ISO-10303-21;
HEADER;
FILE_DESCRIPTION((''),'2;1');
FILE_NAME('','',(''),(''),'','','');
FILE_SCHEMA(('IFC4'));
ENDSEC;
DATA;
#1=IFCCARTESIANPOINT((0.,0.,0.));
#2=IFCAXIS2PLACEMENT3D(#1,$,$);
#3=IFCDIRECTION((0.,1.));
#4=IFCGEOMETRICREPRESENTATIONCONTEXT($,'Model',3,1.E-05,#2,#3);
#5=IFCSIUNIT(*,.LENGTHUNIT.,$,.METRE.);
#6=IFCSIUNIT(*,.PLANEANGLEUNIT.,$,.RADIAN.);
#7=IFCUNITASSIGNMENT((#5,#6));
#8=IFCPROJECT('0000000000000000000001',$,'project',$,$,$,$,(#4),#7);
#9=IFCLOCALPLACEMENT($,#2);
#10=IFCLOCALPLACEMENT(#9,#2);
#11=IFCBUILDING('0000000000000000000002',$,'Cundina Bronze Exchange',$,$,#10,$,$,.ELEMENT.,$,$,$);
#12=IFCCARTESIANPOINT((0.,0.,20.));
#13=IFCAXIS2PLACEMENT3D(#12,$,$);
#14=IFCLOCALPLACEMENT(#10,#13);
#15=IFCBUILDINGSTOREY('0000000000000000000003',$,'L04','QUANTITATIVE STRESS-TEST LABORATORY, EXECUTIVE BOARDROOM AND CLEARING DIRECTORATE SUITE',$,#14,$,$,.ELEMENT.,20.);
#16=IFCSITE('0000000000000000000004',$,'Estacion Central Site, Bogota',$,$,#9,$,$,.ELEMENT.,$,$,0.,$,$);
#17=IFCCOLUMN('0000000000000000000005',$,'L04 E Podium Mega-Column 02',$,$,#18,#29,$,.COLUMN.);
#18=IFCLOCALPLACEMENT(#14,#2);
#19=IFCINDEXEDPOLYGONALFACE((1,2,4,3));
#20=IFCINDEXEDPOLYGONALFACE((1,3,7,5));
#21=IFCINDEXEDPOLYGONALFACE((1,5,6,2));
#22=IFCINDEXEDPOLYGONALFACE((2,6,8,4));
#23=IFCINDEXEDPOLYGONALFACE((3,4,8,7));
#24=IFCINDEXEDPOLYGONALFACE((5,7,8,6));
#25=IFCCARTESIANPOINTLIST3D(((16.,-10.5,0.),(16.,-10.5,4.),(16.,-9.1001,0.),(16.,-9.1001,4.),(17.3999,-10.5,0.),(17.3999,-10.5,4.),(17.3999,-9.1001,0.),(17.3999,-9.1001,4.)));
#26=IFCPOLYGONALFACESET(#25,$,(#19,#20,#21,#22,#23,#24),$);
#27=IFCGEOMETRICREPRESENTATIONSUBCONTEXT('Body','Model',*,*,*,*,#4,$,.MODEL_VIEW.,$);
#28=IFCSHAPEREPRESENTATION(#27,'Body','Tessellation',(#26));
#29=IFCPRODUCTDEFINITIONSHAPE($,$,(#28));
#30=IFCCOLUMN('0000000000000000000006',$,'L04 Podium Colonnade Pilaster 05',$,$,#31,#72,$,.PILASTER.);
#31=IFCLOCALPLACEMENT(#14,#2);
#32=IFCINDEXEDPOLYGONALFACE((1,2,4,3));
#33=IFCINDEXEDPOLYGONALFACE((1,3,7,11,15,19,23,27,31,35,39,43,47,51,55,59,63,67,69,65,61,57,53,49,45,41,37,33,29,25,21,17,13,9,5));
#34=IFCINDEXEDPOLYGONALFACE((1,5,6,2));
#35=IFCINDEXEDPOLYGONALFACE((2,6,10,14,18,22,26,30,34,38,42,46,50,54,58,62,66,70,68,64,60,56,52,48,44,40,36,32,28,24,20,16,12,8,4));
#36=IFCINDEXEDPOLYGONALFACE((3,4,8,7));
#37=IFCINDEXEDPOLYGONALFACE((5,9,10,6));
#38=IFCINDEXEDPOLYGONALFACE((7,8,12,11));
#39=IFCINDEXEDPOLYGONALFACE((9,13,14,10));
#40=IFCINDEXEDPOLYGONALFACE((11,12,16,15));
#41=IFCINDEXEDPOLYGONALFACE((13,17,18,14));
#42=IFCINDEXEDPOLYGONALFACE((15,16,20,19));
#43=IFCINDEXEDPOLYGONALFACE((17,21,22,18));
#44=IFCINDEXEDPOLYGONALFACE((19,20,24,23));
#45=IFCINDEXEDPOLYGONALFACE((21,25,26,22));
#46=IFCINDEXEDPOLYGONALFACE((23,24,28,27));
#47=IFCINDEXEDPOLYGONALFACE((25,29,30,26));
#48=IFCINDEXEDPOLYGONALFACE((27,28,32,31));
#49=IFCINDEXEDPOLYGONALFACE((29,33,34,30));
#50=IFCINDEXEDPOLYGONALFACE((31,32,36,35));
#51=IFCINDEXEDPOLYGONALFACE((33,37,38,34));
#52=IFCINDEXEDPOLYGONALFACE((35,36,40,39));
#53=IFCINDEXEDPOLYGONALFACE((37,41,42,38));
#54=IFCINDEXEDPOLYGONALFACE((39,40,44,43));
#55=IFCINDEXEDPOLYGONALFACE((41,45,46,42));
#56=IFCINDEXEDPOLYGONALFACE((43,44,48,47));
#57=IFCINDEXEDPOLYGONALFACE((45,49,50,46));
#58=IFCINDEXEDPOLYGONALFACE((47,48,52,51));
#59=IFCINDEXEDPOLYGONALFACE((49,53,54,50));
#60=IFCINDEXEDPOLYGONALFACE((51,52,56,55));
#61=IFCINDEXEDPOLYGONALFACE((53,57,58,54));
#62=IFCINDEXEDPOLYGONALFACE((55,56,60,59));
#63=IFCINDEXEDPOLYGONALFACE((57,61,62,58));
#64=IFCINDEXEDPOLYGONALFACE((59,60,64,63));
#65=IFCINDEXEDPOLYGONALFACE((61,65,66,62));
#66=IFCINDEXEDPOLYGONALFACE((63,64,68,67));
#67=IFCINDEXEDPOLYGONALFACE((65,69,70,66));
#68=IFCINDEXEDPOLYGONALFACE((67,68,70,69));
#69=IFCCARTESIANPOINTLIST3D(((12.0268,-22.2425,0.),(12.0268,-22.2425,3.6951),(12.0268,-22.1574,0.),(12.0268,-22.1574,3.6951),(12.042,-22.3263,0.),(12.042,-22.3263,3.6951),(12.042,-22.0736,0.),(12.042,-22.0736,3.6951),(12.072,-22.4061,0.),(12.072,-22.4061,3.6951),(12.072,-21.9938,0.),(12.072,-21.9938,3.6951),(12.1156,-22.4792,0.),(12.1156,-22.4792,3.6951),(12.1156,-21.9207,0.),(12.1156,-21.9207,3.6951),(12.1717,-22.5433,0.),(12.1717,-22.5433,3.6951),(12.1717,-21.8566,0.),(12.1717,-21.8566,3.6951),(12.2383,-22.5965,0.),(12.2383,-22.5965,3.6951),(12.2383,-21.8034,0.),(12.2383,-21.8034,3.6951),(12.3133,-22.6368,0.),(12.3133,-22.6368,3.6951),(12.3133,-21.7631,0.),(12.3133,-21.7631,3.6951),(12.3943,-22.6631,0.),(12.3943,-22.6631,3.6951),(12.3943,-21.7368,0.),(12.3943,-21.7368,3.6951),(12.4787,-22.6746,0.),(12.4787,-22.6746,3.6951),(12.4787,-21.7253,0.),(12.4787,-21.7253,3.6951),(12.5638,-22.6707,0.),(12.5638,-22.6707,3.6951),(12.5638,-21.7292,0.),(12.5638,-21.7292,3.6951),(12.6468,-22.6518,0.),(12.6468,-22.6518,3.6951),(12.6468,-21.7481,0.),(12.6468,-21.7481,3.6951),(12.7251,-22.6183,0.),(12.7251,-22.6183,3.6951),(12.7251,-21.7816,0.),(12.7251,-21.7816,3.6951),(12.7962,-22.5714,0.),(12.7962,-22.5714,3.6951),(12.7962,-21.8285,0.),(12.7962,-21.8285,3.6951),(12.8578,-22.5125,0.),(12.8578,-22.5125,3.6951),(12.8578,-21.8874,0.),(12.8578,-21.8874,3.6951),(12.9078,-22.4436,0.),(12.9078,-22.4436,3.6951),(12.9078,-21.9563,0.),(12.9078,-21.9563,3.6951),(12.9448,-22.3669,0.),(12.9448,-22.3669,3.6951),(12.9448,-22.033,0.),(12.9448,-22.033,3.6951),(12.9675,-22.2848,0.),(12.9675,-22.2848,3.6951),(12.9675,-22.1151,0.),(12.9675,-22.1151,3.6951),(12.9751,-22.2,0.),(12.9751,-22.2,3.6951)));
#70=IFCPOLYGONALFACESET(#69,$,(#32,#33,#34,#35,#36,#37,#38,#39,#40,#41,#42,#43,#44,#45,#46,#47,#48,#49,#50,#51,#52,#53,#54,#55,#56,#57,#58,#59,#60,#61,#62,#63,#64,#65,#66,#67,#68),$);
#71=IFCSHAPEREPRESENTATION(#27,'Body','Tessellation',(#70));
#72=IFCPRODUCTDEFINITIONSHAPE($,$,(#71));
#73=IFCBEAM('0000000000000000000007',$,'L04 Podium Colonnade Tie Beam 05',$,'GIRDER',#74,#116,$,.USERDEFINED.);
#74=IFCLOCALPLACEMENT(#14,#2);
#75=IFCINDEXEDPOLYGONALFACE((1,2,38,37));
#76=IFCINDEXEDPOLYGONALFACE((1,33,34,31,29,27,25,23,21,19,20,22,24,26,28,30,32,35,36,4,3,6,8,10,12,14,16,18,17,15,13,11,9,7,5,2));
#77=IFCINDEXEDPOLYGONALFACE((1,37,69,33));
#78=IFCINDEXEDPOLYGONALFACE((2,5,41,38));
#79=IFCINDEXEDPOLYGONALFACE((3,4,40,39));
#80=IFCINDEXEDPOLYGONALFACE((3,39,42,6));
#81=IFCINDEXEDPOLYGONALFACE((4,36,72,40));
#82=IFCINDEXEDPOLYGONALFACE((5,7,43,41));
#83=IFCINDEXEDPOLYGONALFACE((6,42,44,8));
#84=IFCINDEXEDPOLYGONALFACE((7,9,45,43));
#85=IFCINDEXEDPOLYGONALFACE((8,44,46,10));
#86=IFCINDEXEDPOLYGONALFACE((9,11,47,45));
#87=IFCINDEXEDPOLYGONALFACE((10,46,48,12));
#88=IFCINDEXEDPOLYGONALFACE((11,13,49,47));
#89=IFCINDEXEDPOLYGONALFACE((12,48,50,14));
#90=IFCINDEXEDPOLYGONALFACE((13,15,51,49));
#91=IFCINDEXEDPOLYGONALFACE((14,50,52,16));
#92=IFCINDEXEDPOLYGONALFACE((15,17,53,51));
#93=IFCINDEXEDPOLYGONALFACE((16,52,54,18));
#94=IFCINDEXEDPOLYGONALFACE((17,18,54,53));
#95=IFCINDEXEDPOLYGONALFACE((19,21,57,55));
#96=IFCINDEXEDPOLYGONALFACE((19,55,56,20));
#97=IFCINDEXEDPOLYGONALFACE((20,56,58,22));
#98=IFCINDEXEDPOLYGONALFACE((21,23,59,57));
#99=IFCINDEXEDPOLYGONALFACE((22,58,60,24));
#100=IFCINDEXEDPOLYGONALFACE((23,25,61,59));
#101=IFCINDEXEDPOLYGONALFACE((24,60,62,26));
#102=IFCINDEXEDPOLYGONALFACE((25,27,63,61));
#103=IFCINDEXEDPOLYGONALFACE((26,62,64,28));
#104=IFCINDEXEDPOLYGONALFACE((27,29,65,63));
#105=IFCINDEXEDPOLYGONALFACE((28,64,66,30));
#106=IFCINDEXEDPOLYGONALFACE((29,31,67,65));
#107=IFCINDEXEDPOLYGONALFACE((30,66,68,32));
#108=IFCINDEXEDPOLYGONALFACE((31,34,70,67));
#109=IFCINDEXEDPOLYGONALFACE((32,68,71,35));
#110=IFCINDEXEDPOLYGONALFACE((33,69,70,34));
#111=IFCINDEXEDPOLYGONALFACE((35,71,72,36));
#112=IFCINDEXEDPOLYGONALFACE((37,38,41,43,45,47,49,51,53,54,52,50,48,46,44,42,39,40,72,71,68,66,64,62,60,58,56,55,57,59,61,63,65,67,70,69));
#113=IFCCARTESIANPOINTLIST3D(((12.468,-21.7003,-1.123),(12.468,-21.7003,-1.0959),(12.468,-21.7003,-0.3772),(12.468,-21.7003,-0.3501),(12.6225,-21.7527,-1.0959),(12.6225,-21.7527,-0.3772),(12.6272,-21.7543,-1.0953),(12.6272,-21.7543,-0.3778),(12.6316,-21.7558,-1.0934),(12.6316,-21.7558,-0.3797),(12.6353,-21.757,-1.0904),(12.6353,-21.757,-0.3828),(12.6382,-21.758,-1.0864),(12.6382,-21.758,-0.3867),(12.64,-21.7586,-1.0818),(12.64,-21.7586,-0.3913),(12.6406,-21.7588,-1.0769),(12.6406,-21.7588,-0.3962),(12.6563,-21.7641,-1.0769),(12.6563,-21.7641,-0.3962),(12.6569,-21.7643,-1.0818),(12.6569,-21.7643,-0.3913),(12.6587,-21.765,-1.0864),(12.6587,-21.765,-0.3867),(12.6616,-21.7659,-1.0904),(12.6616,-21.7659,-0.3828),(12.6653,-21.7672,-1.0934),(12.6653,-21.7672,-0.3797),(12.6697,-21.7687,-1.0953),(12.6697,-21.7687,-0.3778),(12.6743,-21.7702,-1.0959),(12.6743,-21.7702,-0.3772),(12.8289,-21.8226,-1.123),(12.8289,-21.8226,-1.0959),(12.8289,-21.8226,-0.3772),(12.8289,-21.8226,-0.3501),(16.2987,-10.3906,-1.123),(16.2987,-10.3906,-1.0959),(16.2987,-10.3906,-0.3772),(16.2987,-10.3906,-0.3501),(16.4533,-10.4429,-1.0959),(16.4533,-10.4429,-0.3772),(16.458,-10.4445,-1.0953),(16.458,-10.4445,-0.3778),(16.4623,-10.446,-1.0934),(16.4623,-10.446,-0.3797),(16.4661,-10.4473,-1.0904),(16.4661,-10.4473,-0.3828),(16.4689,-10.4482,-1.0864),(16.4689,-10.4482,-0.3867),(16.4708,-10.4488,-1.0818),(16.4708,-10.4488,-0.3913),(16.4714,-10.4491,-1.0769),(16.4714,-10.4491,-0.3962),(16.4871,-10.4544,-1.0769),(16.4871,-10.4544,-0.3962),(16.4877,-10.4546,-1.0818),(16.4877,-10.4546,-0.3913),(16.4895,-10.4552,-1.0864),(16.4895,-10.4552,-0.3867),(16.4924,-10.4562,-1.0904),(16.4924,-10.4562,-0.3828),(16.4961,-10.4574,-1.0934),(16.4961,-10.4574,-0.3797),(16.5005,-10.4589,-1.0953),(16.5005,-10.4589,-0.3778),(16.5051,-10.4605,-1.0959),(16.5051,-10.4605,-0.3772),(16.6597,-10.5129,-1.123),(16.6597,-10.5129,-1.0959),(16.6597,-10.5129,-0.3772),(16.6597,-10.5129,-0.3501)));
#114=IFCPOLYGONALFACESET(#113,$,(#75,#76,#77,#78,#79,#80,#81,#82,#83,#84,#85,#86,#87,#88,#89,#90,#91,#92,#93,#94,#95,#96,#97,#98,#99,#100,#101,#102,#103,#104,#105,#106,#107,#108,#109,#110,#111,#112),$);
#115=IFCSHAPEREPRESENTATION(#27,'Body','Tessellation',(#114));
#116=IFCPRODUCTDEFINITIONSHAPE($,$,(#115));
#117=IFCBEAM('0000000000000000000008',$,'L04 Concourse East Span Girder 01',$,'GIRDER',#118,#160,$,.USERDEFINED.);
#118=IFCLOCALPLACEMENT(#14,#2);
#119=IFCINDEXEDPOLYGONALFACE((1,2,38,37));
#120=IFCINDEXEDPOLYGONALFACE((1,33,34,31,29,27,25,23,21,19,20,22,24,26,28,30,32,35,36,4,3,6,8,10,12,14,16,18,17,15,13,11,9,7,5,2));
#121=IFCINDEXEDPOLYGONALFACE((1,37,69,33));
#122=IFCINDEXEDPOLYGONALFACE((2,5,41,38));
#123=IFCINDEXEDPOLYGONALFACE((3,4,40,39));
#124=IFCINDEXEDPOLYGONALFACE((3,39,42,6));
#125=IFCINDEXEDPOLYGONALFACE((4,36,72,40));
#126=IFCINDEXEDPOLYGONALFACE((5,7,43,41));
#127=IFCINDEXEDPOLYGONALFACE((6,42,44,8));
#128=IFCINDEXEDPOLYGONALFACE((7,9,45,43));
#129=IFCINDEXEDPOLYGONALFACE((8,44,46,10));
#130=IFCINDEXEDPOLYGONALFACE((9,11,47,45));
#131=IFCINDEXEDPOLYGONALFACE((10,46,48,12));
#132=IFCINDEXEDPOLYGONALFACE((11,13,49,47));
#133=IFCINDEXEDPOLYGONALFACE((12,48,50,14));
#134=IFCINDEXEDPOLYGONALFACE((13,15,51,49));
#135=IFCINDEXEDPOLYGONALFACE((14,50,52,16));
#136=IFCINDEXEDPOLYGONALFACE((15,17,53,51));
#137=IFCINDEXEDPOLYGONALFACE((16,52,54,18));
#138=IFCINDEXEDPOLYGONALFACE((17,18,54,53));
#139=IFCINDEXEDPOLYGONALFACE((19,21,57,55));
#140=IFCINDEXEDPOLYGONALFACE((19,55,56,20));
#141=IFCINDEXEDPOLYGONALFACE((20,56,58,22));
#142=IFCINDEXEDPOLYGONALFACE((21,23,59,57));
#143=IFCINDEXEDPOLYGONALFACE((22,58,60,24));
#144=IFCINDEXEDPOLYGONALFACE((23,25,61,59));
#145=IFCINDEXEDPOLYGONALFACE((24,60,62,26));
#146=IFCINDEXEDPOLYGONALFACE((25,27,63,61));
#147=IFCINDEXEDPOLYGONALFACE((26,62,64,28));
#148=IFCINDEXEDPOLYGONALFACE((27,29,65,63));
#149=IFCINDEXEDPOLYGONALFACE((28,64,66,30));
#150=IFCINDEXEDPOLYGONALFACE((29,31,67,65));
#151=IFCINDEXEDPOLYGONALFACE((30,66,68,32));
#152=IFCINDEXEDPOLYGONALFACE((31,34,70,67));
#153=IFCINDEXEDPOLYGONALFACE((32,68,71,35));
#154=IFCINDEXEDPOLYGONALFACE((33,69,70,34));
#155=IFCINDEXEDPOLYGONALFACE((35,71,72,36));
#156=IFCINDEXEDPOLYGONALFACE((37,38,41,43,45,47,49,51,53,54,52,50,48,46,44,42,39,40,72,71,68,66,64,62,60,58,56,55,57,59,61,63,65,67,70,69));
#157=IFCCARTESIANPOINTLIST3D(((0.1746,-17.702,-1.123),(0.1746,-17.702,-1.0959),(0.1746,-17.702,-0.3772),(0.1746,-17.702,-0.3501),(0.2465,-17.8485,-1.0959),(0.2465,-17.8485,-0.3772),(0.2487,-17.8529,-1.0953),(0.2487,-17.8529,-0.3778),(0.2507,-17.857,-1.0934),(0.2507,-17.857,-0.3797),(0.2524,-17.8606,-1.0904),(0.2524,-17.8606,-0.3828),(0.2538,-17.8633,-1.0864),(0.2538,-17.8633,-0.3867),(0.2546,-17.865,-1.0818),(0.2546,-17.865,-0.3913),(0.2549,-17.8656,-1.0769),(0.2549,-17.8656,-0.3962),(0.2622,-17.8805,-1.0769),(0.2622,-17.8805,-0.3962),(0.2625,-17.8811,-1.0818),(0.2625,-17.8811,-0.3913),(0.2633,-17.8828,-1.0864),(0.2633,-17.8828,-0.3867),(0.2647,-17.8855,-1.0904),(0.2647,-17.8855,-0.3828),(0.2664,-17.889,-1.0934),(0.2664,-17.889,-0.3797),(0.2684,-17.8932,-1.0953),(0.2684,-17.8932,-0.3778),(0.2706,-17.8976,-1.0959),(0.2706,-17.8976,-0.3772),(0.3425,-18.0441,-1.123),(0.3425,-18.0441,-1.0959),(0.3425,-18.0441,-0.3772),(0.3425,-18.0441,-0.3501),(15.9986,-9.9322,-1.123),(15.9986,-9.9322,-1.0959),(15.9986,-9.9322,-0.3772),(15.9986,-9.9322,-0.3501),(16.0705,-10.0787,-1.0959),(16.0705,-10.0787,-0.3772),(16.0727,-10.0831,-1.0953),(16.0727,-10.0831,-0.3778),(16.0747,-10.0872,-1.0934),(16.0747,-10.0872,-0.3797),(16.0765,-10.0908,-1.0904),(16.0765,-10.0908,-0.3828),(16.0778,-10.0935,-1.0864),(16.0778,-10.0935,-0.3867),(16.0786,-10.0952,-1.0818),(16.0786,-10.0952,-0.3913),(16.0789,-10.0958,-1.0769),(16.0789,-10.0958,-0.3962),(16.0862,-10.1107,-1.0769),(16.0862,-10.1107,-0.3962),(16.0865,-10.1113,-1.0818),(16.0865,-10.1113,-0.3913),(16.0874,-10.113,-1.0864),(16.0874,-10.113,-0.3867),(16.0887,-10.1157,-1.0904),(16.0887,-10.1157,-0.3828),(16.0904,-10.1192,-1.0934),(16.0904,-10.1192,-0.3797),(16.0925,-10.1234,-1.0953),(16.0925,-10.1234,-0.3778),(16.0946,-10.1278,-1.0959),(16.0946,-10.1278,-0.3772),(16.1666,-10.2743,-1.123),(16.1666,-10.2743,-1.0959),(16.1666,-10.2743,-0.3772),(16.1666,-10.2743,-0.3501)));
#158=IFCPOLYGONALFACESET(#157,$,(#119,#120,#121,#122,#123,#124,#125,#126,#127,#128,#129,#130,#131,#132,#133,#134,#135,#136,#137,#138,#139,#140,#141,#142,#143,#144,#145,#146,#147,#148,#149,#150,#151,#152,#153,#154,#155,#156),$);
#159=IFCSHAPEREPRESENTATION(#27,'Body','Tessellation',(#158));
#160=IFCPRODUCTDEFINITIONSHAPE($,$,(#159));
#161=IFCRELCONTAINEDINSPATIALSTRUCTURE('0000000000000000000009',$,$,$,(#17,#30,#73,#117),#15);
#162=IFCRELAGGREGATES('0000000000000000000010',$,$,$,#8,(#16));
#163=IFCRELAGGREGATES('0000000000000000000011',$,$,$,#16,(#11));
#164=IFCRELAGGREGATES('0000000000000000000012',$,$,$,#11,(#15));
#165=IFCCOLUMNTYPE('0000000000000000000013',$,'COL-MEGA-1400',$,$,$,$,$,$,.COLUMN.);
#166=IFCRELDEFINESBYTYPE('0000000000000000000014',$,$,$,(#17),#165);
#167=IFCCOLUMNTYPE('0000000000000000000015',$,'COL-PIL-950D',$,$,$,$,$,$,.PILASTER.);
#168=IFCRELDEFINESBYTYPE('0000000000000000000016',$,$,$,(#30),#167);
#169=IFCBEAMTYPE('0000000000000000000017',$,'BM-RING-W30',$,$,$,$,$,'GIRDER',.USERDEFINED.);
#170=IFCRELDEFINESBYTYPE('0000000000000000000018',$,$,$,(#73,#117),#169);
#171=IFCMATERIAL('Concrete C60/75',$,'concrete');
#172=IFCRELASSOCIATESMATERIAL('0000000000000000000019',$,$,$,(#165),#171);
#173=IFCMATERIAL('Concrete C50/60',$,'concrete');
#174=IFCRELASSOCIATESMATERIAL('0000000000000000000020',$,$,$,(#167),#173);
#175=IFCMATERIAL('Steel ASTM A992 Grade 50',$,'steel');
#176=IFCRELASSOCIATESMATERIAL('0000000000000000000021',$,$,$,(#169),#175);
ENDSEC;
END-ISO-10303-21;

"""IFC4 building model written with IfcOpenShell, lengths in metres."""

from ifc_helpers import new_model, si_unit, direction, frame, origin, origin_2d, place, context, subcontext, project, spatial, rectangle, circle, i_section, extrude, material, material_profile, profile_set, type_object, element, save


model = new_model("IFC4")

# Units and contexts
model_context = context("Model", 3, precision=1e-05, world=origin(), true_north=direction((0.0, 1.0)))
body_context = subcontext(model_context, "Body", "Model", "MODEL_VIEW")
ifc_project = project(units=[si_unit("LENGTHUNIT", "METRE"), si_unit("PLANEANGLEUNIT", "RADIAN")], contexts=[model_context])

# Site, building, storey
site_placement = place(None, origin())
site = spatial("IfcSite", under=ifc_project, at=site_placement, Name="Estacion Central Site, Bogota", CompositionType="ELEMENT", RefElevation=0.0)
building_placement = place(site_placement, origin())
building = spatial("IfcBuilding", under=site, at=building_placement, Name="Cundina Bronze Exchange", CompositionType="ELEMENT")
storey_placement = place(building_placement, frame((0.0, 0.0, 20.0)))
storey = spatial("IfcBuildingStorey", under=building, at=storey_placement, Name="L04", Description="QUANTITATIVE STRESS-TEST LABORATORY, EXECUTIVE BOARDROOM AND CLEARING DIRECTORATE SUITE", CompositionType="ELEMENT", Elevation=20.0)

# Columns
ifc_material_1 = material(Name="Concrete C60/75", Category="concrete")
ifc_material_profile_1 = material_profile(ifc_material_1, rectangle(XDim=1.3999, YDim=1.3999, at=origin_2d()), Name="RC1400X1400", Category="concrete")
ifc_profile_set_1 = profile_set([ifc_material_profile_1], Name="Concrete C60/75")
column_type_1 = type_object("IfcColumnType", Name="COL-MEGA-1400", PredefinedType="COLUMN", material=ifc_profile_set_1)
column_1_placement = place(storey_placement, frame((16.7, -9.8, 0.0), z_axis=(0.0, 0.0, 1.0), x_axis=(1.0, 0.0, 0.0)))
element("IfcColumn", 1, at=column_1_placement, inside=storey, type_object=column_type_1, Name="L04 E Podium Mega-Column 02", PredefinedType="COLUMN", context=body_context, shape_type="SweptSolid", body=[
    extrude(rectangle(XDim=1.3999, YDim=1.3999, at=origin_2d()), origin(), (0.0, 0.0, 1.0), 4.0),
])
ifc_material_2 = material(Name="Concrete C50/60", Category="concrete")
ifc_material_profile_2 = material_profile(ifc_material_2, circle(Radius=0.4751, at=origin_2d()), Name="RC950D", Category="concrete")
ifc_profile_set_2 = profile_set([ifc_material_profile_2], Name="Concrete C50/60")
column_type_2 = type_object("IfcColumnType", Name="COL-PIL-950D", PredefinedType="PILASTER", material=ifc_profile_set_2)
column_2_placement = place(storey_placement, frame((12.5, -22.2, 0.0), z_axis=(0.0, 0.0, 1.0), x_axis=(1.0, 0.0, 0.0)))
element("IfcColumn", 2, at=column_2_placement, inside=storey, type_object=column_type_2, Name="L04 Podium Colonnade Pilaster 05", PredefinedType="PILASTER", context=body_context, shape_type="SweptSolid", body=[
    extrude(circle(Radius=0.4751, at=origin_2d()), origin(), (0.0, 0.0, 1.0), 3.6951),
])

# Beams
ifc_material_3 = material(Name="Steel ASTM A992 Grade 50", Category="steel")
ifc_material_profile_3 = material_profile(ifc_material_3, i_section(OverallWidth=0.3811, OverallDepth=0.7729, WebThickness=0.0166, FlangeThickness=0.0271, FilletRadius=0.019, at=origin_2d()), Name="W30X173", Category="steel")
ifc_profile_set_3 = profile_set([ifc_material_profile_3], Name="Steel ASTM A992 Grade 50")
beam_type = type_object("IfcBeamType", Name="BM-RING-W30", ElementType="GIRDER", PredefinedType="USERDEFINED", material=ifc_profile_set_3)
beam_1_placement = place(storey_placement, frame((12.6484, -21.7615, -0.7366), z_axis=(0.320812, 0.947143, 0.0), x_axis=(-0.947143, 0.320812, 0.0)))
element("IfcBeam", 3, at=beam_1_placement, inside=storey, type_object=beam_type, Name="L04 Podium Colonnade Tie Beam 05", ObjectType="GIRDER", PredefinedType="USERDEFINED", context=body_context, shape_type="SweptSolid", body=[
    extrude(i_section(OverallWidth=0.3811, OverallDepth=0.7729, WebThickness=0.0166, FlangeThickness=0.0271, FilletRadius=0.019, at=origin_2d()), origin(), (0.0, 0.0, 1.0), 11.9409),
])
beam_2_placement = place(storey_placement, frame((0.2585, -17.873, -0.7366), z_axis=(0.897631, 0.440748, 0.0), x_axis=(-0.440748, 0.897631, 0.0)))
element("IfcBeam", 4, at=beam_2_placement, inside=storey, type_object=beam_type, Name="L04 Concourse East Span Girder 01", ObjectType="GIRDER", PredefinedType="USERDEFINED", context=body_context, shape_type="SweptSolid", body=[
    extrude(i_section(OverallWidth=0.3811, OverallDepth=0.7729, WebThickness=0.0166, FlangeThickness=0.0271, FilletRadius=0.019, at=origin_2d()), origin(), (0.0, 0.0, 1.0), 17.6287),
])

save(model, "model.ifc")
